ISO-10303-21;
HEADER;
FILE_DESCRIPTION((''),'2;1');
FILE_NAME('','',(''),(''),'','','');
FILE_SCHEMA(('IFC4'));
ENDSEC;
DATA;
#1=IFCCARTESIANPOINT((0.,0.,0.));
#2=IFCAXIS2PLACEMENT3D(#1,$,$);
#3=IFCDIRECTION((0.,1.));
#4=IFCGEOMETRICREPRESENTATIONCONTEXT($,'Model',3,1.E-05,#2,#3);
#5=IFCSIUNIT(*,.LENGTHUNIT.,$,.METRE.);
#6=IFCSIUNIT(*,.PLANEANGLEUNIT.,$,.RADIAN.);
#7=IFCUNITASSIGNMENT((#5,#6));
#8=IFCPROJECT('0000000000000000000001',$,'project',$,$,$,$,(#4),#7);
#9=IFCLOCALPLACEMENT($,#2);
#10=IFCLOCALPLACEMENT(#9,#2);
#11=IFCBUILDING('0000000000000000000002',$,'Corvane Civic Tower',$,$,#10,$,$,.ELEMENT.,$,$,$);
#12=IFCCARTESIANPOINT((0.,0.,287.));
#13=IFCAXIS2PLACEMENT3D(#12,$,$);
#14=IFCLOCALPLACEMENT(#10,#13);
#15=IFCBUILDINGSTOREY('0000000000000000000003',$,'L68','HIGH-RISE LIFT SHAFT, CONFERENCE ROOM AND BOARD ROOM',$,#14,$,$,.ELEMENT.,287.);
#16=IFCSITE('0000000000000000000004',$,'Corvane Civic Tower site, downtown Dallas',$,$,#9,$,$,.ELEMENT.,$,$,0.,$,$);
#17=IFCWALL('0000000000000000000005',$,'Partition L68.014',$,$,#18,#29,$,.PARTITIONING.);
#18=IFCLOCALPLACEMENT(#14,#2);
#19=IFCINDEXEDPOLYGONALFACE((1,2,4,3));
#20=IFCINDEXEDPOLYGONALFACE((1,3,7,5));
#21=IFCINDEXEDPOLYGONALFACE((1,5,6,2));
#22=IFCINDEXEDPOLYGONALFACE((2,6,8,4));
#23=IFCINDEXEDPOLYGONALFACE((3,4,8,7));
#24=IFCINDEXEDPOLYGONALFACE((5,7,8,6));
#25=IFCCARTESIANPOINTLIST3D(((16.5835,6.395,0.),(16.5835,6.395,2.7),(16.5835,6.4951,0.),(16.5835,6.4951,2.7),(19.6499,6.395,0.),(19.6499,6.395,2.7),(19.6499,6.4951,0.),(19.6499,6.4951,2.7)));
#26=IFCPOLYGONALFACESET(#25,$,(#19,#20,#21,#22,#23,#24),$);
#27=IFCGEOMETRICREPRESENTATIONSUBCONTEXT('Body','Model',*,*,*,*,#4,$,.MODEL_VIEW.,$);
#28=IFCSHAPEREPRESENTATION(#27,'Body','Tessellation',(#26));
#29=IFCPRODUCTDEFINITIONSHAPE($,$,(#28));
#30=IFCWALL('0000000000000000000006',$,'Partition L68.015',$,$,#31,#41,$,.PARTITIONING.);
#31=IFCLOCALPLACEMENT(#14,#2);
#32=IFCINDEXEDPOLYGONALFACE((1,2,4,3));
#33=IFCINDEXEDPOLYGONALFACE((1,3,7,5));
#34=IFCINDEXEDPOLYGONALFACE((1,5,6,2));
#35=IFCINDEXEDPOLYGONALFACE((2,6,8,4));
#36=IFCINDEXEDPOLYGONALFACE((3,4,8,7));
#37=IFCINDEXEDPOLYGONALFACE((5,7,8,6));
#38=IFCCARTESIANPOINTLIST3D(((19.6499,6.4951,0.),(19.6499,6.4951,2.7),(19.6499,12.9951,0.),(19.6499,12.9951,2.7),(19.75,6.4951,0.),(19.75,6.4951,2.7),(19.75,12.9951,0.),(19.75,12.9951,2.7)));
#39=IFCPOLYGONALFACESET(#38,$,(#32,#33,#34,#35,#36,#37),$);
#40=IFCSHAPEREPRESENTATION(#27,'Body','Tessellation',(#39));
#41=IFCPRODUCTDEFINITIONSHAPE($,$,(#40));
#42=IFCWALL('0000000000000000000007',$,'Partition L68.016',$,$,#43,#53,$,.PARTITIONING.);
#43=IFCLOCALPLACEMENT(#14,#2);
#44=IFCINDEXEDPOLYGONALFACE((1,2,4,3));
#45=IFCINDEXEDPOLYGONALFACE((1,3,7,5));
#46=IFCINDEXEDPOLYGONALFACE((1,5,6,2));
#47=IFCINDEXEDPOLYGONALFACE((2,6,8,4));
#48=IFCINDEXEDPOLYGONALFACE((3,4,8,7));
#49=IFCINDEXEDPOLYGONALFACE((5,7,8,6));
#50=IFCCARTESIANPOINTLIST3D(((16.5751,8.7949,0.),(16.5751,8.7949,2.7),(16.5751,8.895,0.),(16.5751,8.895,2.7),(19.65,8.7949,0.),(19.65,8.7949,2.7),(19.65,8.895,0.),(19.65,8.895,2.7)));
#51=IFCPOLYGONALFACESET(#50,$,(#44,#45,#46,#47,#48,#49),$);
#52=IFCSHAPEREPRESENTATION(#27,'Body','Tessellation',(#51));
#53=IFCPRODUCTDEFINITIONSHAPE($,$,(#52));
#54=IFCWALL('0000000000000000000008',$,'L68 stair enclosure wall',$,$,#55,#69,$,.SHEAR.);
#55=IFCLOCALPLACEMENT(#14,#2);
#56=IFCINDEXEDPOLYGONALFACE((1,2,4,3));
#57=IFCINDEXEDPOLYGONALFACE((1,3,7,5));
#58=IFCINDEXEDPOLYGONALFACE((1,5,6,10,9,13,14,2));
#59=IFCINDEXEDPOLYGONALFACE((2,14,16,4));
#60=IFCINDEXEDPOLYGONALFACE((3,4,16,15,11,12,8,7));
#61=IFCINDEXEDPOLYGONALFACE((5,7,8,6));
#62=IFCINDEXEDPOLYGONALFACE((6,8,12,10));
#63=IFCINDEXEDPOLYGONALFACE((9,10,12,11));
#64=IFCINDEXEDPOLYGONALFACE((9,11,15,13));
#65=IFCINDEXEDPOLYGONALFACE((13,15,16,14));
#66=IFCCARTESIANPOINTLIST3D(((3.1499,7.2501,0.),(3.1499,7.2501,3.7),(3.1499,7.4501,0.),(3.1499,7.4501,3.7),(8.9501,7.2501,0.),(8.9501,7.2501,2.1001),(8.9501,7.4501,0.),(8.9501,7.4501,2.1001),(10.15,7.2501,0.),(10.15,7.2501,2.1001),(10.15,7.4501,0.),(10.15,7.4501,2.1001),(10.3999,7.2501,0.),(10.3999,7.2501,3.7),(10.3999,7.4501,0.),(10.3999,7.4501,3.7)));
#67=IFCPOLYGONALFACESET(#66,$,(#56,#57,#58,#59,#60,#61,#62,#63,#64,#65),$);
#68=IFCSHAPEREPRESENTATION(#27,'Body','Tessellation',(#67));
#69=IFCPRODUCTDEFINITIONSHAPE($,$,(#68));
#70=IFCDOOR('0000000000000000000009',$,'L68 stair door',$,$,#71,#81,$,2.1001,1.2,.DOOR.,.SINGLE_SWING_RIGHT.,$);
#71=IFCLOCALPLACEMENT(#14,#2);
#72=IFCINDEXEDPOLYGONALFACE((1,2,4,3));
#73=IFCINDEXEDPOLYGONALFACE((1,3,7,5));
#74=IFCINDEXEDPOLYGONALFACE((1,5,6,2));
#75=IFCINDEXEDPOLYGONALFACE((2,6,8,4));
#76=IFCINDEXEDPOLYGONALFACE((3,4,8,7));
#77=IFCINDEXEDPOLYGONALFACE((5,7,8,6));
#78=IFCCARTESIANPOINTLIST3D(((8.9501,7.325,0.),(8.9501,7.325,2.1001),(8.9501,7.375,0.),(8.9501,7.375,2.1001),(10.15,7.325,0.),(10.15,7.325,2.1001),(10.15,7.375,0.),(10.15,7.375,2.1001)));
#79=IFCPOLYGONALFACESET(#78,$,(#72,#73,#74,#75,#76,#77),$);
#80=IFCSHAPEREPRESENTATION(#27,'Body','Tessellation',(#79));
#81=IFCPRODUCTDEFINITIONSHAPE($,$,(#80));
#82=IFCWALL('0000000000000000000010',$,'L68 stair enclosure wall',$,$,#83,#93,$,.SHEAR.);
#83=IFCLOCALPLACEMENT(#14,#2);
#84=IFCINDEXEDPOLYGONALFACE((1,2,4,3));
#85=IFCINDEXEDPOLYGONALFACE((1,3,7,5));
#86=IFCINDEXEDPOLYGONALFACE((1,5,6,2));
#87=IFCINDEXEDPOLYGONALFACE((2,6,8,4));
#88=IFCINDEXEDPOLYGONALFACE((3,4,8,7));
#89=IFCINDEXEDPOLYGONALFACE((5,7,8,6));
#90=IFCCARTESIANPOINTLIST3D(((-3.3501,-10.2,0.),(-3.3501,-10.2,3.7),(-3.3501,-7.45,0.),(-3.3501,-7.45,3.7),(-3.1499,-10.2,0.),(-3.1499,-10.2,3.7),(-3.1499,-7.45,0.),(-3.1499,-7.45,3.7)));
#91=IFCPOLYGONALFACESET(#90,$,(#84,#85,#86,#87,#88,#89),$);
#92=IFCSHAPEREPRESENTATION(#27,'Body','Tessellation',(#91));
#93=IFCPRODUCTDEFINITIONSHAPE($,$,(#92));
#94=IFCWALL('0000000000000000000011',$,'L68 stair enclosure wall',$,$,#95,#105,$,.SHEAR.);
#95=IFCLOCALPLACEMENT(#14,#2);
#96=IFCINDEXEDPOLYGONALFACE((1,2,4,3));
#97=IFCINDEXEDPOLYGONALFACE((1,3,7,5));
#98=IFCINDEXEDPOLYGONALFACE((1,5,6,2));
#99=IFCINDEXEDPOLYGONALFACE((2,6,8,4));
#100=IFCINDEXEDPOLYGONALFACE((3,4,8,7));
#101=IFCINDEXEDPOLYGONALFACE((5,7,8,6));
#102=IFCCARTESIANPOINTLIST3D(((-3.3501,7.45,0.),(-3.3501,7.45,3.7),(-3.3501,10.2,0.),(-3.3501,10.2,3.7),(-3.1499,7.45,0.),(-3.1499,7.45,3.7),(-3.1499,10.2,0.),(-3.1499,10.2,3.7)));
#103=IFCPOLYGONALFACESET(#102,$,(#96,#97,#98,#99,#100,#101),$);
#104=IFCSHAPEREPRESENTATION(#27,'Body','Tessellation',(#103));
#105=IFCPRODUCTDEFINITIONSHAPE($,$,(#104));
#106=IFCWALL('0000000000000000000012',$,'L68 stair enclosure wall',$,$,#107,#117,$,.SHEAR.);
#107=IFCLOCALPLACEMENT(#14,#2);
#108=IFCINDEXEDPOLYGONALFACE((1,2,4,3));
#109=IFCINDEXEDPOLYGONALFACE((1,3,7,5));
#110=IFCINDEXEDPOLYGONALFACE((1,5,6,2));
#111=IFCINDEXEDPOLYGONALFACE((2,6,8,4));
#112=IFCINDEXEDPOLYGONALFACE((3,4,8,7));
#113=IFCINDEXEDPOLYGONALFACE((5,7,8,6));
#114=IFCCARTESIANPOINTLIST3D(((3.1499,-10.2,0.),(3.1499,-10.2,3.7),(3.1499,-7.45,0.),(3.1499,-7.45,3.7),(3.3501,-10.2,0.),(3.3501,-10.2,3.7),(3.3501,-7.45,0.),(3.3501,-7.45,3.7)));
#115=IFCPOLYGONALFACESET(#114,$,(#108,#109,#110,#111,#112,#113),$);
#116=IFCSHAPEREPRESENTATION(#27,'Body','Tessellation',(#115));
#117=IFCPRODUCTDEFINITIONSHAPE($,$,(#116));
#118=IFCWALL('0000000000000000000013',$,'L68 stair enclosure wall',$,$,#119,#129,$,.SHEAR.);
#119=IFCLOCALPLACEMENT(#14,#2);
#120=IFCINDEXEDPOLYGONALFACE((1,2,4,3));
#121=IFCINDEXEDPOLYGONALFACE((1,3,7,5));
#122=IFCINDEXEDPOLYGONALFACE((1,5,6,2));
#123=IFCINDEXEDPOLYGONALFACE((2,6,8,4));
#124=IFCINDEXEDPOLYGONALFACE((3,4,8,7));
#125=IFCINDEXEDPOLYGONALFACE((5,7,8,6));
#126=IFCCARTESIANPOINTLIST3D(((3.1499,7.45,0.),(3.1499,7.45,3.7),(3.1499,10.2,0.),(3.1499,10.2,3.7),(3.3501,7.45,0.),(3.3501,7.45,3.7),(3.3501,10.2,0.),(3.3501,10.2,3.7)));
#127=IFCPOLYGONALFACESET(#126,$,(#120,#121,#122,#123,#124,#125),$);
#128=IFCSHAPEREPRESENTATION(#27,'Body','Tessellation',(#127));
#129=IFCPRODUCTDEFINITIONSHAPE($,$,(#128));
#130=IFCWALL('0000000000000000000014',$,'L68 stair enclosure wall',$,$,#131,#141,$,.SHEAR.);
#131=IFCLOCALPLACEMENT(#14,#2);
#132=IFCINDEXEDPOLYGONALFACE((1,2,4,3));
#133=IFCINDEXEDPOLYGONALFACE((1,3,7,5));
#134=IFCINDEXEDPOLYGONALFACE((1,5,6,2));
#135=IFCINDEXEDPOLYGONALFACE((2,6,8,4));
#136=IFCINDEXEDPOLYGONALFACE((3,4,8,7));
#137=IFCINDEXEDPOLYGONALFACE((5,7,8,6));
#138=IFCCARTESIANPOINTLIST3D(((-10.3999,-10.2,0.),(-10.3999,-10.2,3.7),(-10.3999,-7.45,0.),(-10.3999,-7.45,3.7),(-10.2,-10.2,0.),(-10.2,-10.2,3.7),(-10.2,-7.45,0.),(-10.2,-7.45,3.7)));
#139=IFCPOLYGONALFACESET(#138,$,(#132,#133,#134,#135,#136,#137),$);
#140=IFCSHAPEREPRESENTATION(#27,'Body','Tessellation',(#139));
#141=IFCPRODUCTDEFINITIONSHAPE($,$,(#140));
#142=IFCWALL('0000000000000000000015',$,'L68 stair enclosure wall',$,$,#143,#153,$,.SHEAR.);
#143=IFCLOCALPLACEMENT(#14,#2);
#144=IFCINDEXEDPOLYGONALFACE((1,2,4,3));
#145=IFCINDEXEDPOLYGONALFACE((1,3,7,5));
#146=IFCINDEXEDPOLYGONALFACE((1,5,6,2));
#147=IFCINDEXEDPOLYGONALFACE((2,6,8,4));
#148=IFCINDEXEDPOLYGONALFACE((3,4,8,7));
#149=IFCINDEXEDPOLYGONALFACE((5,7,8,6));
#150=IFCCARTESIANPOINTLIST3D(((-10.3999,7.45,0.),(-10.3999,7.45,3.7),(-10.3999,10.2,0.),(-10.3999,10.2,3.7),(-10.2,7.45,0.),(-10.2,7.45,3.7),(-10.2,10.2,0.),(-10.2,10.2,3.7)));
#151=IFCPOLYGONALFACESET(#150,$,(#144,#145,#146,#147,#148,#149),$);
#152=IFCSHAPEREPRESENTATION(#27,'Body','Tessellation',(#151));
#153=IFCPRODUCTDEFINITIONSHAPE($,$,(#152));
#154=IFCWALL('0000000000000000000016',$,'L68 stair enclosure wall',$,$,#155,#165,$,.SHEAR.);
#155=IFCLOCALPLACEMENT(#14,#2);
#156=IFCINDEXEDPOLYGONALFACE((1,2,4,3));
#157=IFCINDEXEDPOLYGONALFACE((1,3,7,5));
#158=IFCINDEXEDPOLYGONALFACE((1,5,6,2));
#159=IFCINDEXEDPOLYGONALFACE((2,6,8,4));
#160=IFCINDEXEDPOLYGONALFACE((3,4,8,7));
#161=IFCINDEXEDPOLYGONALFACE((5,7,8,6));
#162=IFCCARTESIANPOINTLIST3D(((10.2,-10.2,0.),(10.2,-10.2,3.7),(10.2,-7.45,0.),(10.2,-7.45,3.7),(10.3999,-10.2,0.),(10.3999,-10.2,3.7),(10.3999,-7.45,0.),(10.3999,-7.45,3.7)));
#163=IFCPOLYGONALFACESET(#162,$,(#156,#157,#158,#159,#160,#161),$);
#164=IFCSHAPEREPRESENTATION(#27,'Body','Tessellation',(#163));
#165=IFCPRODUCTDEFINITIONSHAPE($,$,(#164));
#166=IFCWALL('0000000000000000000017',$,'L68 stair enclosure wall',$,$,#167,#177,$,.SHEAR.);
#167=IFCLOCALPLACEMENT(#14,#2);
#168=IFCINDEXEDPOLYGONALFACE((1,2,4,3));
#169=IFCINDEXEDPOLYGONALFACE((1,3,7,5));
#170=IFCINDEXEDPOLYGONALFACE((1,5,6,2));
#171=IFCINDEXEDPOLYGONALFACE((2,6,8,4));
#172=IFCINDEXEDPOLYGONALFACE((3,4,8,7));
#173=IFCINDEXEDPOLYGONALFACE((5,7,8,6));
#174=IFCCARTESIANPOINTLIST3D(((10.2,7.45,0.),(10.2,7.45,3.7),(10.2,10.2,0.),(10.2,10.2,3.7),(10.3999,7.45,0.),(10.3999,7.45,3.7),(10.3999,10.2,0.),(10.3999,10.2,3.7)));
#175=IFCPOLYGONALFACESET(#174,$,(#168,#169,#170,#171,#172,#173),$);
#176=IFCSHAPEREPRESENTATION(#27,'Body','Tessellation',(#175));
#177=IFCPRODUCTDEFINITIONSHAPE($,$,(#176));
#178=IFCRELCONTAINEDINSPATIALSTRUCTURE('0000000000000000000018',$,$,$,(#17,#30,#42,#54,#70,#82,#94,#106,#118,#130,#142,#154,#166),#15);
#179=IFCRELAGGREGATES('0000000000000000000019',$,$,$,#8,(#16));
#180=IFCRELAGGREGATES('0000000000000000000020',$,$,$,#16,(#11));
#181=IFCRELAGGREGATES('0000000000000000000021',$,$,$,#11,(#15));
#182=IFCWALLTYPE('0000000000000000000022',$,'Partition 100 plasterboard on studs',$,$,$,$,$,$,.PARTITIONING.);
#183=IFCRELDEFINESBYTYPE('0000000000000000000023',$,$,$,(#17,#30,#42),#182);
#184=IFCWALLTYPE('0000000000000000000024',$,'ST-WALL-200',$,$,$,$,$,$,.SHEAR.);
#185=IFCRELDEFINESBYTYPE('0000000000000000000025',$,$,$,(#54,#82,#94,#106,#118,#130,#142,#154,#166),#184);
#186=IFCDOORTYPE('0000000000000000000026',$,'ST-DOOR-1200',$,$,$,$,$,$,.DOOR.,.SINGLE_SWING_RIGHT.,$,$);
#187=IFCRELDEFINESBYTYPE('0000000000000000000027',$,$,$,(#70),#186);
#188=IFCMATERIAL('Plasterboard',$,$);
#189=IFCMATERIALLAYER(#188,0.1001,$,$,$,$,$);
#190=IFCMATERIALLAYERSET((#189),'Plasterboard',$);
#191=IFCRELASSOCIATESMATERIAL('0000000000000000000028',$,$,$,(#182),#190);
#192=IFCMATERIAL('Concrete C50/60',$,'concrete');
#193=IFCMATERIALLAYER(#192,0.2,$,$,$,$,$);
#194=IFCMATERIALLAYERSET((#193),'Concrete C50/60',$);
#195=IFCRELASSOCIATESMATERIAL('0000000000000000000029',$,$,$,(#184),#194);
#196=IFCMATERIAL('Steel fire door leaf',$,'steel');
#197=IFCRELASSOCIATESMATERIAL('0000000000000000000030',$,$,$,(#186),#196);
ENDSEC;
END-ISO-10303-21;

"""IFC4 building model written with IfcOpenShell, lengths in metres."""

from ifc_helpers import new_model, si_unit, direction, frame, frame_2d, origin, place, context, subcontext, project, spatial, polyline, rectangle, outline, extrude, material, layer, layer_set, type_object, element, fill, save


model = new_model("IFC4")

# Units and contexts
model_context = context("Model", 3, precision=1e-05, world=origin(), true_north=direction((0.0, 1.0)))
body_context = subcontext(model_context, "Body", "Model", "MODEL_VIEW")
ifc_project = project(units=[si_unit("LENGTHUNIT", "METRE"), si_unit("PLANEANGLEUNIT", "RADIAN")], contexts=[model_context])

# Site, building, storey
site_placement = place(None, origin())
site = spatial("IfcSite", under=ifc_project, at=site_placement, Name="Corvane Civic Tower site, downtown Dallas", CompositionType="ELEMENT", RefElevation=0.0)
building_placement = place(site_placement, origin())
building = spatial("IfcBuilding", under=site, at=building_placement, Name="Corvane Civic Tower", CompositionType="ELEMENT")
storey_placement = place(building_placement, frame((0.0, 0.0, 287.0)))
storey = spatial("IfcBuildingStorey", under=building, at=storey_placement, Name="L68", Description="HIGH-RISE LIFT SHAFT, CONFERENCE ROOM AND BOARD ROOM", CompositionType="ELEMENT", Elevation=287.0)

# Shared definitions
ifc_material_1 = material(Name="Plasterboard")
ifc_layer_1 = layer(ifc_material_1, 0.1001)
ifc_layer_set_1 = layer_set([ifc_layer_1], Name="Plasterboard")
wall_type_1 = type_object("IfcWallType", Name="Partition 100 plasterboard on studs", PredefinedType="PARTITIONING", material=ifc_layer_set_1)

# Walls
wall_1_placement = place(storey_placement, frame((16.5835, 6.4451, 0.0), z_axis=(0.0, 0.0, 1.0), x_axis=(1.0, 0.0, 0.0)))
element("IfcWall", 1, at=wall_1_placement, inside=storey, type_object=wall_type_1, Name="Partition L68.014", PredefinedType="PARTITIONING", context=body_context, shape_type="SweptSolid", body=[
    extrude(rectangle(XDim=3.0664, YDim=0.1001, at=frame_2d((1.5332, 0.0))), origin(), (0.0, 0.0, 1.0), 2.7),
])
wall_2_placement = place(storey_placement, frame((19.7, 6.4951, 0.0), z_axis=(0.0, 0.0, 1.0), x_axis=(0.0, 1.0, 0.0)))
element("IfcWall", 2, at=wall_2_placement, inside=storey, type_object=wall_type_1, Name="Partition L68.015", PredefinedType="PARTITIONING", context=body_context, shape_type="SweptSolid", body=[
    extrude(rectangle(XDim=6.5, YDim=0.1001, at=frame_2d((3.25, 0.0))), origin(), (0.0, 0.0, 1.0), 2.7),
])
wall_3_placement = place(storey_placement, frame((16.575, 8.845, 0.0), z_axis=(0.0, 0.0, 1.0), x_axis=(1.0, 0.0, 0.0)))
element("IfcWall", 3, at=wall_3_placement, inside=storey, type_object=wall_type_1, Name="Partition L68.016", PredefinedType="PARTITIONING", context=body_context, shape_type="SweptSolid", body=[
    extrude(rectangle(XDim=3.075, YDim=0.1001, at=frame_2d((1.5376, 0.0))), origin(), (0.0, 0.0, 1.0), 2.7),
])

# Wall, opening, door
ifc_material_2 = material(Name="Concrete C50/60", Category="concrete")
ifc_layer_2 = layer(ifc_material_2, 0.2)
ifc_layer_set_2 = layer_set([ifc_layer_2], Name="Concrete C50/60")
wall_type_2 = type_object("IfcWallType", Name="ST-WALL-200", PredefinedType="SHEAR", material=ifc_layer_set_2)
wall_4_placement = place(storey_placement, frame((3.1499, 7.3501, 0.0), z_axis=(0.0, 0.0, 1.0), x_axis=(1.0, 0.0, 0.0)))
wall_4 = element("IfcWall", 4, at=wall_4_placement, inside=storey, type_object=wall_type_2, Name="L68 stair enclosure wall", PredefinedType="SHEAR", context=body_context, shape_type="SweptSolid", body=[
    extrude(rectangle(XDim=7.25, YDim=0.2, at=frame_2d((3.625, 0.0))), origin(), (0.0, 0.0, 1.0), 3.7),
])
opening_1_placement = place(wall_4_placement, frame((5.8, 0.0, 0.0)))
opening_1 = element("IfcOpeningElement", 5, at=opening_1_placement, cuts=wall_4, PredefinedType="OPENING", context=body_context, shape_type="SweptSolid", body=[
    extrude(rectangle(XDim=1.2, YDim=2.1001, at=frame_2d((0.6001, 1.05))), frame((0.0, 0.1099, 0.0), z_axis=(0.0, -1.0, 0.0), x_axis=(1.0, 0.0, 0.0)), (0.0, 0.0, 1.0), 0.22),
])
ifc_material_3 = material(Name="Steel fire door leaf", Category="steel")
door_type_1 = type_object("IfcDoorType", Name="ST-DOOR-1200", OperationType="SINGLE_SWING_RIGHT", PredefinedType="DOOR", material=ifc_material_3)
door_1_placement = place(opening_1_placement, origin())
door_1 = element("IfcDoor", 6, at=door_1_placement, inside=storey, type_object=door_type_1, Name="L68 stair door", OperationType="SINGLE_SWING_RIGHT", OverallHeight=2.1001, OverallWidth=1.2, PredefinedType="DOOR", context=body_context, shape_type="SweptSolid", body=[
    extrude(rectangle(XDim=1.2, YDim=2.1001, at=frame_2d((0.6001, 1.05))), frame((0.0, 0.0249, 0.0), z_axis=(0.0, -1.0, 0.0), x_axis=(1.0, 0.0, 0.0)), (0.0, 0.0, 1.0), 0.05),
])
fill(opening_1, door_1)

# Walls
wall_5_placement = place(storey_placement, origin())
element("IfcWall", 7, at=wall_5_placement, inside=storey, type_object=wall_type_2, Name="L68 stair enclosure wall", PredefinedType="SHEAR", context=body_context, shape_type="SweptSolid", body=[
    extrude(outline(polyline([(-3.1499, -7.45), (-3.1499, -10.2), (-3.3501, -10.2), (-3.3501, -7.45), (-3.1499, -7.45)])), origin(), (0.0, 0.0, 1.0), 3.7),
])
wall_6_placement = place(storey_placement, origin())
element("IfcWall", 8, at=wall_6_placement, inside=storey, type_object=wall_type_2, Name="L68 stair enclosure wall", PredefinedType="SHEAR", context=body_context, shape_type="SweptSolid", body=[
    extrude(outline(polyline([(-3.1499, 7.45), (-3.3501, 7.45), (-3.3501, 10.2), (-3.1499, 10.2), (-3.1499, 7.45)])), origin(), (0.0, 0.0, 1.0), 3.7),
])
wall_7_placement = place(storey_placement, origin())
element("IfcWall", 9, at=wall_7_placement, inside=storey, type_object=wall_type_2, Name="L68 stair enclosure wall", PredefinedType="SHEAR", context=body_context, shape_type="SweptSolid", body=[
    extrude(outline(polyline([(3.3501, -7.45), (3.3501, -10.2), (3.1499, -10.2), (3.1499, -7.45), (3.3501, -7.45)])), origin(), (0.0, 0.0, 1.0), 3.7),
])
wall_8_placement = place(storey_placement, origin())
element("IfcWall", 10, at=wall_8_placement, inside=storey, type_object=wall_type_2, Name="L68 stair enclosure wall", PredefinedType="SHEAR", context=body_context, shape_type="SweptSolid", body=[
    extrude(outline(polyline([(3.3501, 7.45), (3.1499, 7.45), (3.1499, 10.2), (3.3501, 10.2), (3.3501, 7.45)])), origin(), (0.0, 0.0, 1.0), 3.7),
])
wall_9_placement = place(storey_placement, origin())
element("IfcWall", 11, at=wall_9_placement, inside=storey, type_object=wall_type_2, Name="L68 stair enclosure wall", PredefinedType="SHEAR", context=body_context, shape_type="SweptSolid", body=[
    extrude(outline(polyline([(-10.2, -7.45), (-10.2, -10.2), (-10.3999, -10.2), (-10.3999, -7.45), (-10.2, -7.45)])), origin(), (0.0, 0.0, 1.0), 3.7),
])
wall_10_placement = place(storey_placement, origin())
element("IfcWall", 12, at=wall_10_placement, inside=storey, type_object=wall_type_2, Name="L68 stair enclosure wall", PredefinedType="SHEAR", context=body_context, shape_type="SweptSolid", body=[
    extrude(outline(polyline([(-10.2, 7.45), (-10.3999, 7.45), (-10.3999, 10.2), (-10.2, 10.2), (-10.2, 7.45)])), origin(), (0.0, 0.0, 1.0), 3.7),
])
wall_11_placement = place(storey_placement, origin())
element("IfcWall", 13, at=wall_11_placement, inside=storey, type_object=wall_type_2, Name="L68 stair enclosure wall", PredefinedType="SHEAR", context=body_context, shape_type="SweptSolid", body=[
    extrude(outline(polyline([(10.3999, -7.45), (10.3999, -10.2), (10.2, -10.2), (10.2, -7.45), (10.3999, -7.45)])), origin(), (0.0, 0.0, 1.0), 3.7),
])
wall_12_placement = place(storey_placement, origin())
element("IfcWall", 14, at=wall_12_placement, inside=storey, type_object=wall_type_2, Name="L68 stair enclosure wall", PredefinedType="SHEAR", context=body_context, shape_type="SweptSolid", body=[
    extrude(outline(polyline([(10.3999, 7.45), (10.2, 7.45), (10.2, 10.2), (10.3999, 10.2), (10.3999, 7.45)])), origin(), (0.0, 0.0, 1.0), 3.7),
])

save(model, "model.ifc")
